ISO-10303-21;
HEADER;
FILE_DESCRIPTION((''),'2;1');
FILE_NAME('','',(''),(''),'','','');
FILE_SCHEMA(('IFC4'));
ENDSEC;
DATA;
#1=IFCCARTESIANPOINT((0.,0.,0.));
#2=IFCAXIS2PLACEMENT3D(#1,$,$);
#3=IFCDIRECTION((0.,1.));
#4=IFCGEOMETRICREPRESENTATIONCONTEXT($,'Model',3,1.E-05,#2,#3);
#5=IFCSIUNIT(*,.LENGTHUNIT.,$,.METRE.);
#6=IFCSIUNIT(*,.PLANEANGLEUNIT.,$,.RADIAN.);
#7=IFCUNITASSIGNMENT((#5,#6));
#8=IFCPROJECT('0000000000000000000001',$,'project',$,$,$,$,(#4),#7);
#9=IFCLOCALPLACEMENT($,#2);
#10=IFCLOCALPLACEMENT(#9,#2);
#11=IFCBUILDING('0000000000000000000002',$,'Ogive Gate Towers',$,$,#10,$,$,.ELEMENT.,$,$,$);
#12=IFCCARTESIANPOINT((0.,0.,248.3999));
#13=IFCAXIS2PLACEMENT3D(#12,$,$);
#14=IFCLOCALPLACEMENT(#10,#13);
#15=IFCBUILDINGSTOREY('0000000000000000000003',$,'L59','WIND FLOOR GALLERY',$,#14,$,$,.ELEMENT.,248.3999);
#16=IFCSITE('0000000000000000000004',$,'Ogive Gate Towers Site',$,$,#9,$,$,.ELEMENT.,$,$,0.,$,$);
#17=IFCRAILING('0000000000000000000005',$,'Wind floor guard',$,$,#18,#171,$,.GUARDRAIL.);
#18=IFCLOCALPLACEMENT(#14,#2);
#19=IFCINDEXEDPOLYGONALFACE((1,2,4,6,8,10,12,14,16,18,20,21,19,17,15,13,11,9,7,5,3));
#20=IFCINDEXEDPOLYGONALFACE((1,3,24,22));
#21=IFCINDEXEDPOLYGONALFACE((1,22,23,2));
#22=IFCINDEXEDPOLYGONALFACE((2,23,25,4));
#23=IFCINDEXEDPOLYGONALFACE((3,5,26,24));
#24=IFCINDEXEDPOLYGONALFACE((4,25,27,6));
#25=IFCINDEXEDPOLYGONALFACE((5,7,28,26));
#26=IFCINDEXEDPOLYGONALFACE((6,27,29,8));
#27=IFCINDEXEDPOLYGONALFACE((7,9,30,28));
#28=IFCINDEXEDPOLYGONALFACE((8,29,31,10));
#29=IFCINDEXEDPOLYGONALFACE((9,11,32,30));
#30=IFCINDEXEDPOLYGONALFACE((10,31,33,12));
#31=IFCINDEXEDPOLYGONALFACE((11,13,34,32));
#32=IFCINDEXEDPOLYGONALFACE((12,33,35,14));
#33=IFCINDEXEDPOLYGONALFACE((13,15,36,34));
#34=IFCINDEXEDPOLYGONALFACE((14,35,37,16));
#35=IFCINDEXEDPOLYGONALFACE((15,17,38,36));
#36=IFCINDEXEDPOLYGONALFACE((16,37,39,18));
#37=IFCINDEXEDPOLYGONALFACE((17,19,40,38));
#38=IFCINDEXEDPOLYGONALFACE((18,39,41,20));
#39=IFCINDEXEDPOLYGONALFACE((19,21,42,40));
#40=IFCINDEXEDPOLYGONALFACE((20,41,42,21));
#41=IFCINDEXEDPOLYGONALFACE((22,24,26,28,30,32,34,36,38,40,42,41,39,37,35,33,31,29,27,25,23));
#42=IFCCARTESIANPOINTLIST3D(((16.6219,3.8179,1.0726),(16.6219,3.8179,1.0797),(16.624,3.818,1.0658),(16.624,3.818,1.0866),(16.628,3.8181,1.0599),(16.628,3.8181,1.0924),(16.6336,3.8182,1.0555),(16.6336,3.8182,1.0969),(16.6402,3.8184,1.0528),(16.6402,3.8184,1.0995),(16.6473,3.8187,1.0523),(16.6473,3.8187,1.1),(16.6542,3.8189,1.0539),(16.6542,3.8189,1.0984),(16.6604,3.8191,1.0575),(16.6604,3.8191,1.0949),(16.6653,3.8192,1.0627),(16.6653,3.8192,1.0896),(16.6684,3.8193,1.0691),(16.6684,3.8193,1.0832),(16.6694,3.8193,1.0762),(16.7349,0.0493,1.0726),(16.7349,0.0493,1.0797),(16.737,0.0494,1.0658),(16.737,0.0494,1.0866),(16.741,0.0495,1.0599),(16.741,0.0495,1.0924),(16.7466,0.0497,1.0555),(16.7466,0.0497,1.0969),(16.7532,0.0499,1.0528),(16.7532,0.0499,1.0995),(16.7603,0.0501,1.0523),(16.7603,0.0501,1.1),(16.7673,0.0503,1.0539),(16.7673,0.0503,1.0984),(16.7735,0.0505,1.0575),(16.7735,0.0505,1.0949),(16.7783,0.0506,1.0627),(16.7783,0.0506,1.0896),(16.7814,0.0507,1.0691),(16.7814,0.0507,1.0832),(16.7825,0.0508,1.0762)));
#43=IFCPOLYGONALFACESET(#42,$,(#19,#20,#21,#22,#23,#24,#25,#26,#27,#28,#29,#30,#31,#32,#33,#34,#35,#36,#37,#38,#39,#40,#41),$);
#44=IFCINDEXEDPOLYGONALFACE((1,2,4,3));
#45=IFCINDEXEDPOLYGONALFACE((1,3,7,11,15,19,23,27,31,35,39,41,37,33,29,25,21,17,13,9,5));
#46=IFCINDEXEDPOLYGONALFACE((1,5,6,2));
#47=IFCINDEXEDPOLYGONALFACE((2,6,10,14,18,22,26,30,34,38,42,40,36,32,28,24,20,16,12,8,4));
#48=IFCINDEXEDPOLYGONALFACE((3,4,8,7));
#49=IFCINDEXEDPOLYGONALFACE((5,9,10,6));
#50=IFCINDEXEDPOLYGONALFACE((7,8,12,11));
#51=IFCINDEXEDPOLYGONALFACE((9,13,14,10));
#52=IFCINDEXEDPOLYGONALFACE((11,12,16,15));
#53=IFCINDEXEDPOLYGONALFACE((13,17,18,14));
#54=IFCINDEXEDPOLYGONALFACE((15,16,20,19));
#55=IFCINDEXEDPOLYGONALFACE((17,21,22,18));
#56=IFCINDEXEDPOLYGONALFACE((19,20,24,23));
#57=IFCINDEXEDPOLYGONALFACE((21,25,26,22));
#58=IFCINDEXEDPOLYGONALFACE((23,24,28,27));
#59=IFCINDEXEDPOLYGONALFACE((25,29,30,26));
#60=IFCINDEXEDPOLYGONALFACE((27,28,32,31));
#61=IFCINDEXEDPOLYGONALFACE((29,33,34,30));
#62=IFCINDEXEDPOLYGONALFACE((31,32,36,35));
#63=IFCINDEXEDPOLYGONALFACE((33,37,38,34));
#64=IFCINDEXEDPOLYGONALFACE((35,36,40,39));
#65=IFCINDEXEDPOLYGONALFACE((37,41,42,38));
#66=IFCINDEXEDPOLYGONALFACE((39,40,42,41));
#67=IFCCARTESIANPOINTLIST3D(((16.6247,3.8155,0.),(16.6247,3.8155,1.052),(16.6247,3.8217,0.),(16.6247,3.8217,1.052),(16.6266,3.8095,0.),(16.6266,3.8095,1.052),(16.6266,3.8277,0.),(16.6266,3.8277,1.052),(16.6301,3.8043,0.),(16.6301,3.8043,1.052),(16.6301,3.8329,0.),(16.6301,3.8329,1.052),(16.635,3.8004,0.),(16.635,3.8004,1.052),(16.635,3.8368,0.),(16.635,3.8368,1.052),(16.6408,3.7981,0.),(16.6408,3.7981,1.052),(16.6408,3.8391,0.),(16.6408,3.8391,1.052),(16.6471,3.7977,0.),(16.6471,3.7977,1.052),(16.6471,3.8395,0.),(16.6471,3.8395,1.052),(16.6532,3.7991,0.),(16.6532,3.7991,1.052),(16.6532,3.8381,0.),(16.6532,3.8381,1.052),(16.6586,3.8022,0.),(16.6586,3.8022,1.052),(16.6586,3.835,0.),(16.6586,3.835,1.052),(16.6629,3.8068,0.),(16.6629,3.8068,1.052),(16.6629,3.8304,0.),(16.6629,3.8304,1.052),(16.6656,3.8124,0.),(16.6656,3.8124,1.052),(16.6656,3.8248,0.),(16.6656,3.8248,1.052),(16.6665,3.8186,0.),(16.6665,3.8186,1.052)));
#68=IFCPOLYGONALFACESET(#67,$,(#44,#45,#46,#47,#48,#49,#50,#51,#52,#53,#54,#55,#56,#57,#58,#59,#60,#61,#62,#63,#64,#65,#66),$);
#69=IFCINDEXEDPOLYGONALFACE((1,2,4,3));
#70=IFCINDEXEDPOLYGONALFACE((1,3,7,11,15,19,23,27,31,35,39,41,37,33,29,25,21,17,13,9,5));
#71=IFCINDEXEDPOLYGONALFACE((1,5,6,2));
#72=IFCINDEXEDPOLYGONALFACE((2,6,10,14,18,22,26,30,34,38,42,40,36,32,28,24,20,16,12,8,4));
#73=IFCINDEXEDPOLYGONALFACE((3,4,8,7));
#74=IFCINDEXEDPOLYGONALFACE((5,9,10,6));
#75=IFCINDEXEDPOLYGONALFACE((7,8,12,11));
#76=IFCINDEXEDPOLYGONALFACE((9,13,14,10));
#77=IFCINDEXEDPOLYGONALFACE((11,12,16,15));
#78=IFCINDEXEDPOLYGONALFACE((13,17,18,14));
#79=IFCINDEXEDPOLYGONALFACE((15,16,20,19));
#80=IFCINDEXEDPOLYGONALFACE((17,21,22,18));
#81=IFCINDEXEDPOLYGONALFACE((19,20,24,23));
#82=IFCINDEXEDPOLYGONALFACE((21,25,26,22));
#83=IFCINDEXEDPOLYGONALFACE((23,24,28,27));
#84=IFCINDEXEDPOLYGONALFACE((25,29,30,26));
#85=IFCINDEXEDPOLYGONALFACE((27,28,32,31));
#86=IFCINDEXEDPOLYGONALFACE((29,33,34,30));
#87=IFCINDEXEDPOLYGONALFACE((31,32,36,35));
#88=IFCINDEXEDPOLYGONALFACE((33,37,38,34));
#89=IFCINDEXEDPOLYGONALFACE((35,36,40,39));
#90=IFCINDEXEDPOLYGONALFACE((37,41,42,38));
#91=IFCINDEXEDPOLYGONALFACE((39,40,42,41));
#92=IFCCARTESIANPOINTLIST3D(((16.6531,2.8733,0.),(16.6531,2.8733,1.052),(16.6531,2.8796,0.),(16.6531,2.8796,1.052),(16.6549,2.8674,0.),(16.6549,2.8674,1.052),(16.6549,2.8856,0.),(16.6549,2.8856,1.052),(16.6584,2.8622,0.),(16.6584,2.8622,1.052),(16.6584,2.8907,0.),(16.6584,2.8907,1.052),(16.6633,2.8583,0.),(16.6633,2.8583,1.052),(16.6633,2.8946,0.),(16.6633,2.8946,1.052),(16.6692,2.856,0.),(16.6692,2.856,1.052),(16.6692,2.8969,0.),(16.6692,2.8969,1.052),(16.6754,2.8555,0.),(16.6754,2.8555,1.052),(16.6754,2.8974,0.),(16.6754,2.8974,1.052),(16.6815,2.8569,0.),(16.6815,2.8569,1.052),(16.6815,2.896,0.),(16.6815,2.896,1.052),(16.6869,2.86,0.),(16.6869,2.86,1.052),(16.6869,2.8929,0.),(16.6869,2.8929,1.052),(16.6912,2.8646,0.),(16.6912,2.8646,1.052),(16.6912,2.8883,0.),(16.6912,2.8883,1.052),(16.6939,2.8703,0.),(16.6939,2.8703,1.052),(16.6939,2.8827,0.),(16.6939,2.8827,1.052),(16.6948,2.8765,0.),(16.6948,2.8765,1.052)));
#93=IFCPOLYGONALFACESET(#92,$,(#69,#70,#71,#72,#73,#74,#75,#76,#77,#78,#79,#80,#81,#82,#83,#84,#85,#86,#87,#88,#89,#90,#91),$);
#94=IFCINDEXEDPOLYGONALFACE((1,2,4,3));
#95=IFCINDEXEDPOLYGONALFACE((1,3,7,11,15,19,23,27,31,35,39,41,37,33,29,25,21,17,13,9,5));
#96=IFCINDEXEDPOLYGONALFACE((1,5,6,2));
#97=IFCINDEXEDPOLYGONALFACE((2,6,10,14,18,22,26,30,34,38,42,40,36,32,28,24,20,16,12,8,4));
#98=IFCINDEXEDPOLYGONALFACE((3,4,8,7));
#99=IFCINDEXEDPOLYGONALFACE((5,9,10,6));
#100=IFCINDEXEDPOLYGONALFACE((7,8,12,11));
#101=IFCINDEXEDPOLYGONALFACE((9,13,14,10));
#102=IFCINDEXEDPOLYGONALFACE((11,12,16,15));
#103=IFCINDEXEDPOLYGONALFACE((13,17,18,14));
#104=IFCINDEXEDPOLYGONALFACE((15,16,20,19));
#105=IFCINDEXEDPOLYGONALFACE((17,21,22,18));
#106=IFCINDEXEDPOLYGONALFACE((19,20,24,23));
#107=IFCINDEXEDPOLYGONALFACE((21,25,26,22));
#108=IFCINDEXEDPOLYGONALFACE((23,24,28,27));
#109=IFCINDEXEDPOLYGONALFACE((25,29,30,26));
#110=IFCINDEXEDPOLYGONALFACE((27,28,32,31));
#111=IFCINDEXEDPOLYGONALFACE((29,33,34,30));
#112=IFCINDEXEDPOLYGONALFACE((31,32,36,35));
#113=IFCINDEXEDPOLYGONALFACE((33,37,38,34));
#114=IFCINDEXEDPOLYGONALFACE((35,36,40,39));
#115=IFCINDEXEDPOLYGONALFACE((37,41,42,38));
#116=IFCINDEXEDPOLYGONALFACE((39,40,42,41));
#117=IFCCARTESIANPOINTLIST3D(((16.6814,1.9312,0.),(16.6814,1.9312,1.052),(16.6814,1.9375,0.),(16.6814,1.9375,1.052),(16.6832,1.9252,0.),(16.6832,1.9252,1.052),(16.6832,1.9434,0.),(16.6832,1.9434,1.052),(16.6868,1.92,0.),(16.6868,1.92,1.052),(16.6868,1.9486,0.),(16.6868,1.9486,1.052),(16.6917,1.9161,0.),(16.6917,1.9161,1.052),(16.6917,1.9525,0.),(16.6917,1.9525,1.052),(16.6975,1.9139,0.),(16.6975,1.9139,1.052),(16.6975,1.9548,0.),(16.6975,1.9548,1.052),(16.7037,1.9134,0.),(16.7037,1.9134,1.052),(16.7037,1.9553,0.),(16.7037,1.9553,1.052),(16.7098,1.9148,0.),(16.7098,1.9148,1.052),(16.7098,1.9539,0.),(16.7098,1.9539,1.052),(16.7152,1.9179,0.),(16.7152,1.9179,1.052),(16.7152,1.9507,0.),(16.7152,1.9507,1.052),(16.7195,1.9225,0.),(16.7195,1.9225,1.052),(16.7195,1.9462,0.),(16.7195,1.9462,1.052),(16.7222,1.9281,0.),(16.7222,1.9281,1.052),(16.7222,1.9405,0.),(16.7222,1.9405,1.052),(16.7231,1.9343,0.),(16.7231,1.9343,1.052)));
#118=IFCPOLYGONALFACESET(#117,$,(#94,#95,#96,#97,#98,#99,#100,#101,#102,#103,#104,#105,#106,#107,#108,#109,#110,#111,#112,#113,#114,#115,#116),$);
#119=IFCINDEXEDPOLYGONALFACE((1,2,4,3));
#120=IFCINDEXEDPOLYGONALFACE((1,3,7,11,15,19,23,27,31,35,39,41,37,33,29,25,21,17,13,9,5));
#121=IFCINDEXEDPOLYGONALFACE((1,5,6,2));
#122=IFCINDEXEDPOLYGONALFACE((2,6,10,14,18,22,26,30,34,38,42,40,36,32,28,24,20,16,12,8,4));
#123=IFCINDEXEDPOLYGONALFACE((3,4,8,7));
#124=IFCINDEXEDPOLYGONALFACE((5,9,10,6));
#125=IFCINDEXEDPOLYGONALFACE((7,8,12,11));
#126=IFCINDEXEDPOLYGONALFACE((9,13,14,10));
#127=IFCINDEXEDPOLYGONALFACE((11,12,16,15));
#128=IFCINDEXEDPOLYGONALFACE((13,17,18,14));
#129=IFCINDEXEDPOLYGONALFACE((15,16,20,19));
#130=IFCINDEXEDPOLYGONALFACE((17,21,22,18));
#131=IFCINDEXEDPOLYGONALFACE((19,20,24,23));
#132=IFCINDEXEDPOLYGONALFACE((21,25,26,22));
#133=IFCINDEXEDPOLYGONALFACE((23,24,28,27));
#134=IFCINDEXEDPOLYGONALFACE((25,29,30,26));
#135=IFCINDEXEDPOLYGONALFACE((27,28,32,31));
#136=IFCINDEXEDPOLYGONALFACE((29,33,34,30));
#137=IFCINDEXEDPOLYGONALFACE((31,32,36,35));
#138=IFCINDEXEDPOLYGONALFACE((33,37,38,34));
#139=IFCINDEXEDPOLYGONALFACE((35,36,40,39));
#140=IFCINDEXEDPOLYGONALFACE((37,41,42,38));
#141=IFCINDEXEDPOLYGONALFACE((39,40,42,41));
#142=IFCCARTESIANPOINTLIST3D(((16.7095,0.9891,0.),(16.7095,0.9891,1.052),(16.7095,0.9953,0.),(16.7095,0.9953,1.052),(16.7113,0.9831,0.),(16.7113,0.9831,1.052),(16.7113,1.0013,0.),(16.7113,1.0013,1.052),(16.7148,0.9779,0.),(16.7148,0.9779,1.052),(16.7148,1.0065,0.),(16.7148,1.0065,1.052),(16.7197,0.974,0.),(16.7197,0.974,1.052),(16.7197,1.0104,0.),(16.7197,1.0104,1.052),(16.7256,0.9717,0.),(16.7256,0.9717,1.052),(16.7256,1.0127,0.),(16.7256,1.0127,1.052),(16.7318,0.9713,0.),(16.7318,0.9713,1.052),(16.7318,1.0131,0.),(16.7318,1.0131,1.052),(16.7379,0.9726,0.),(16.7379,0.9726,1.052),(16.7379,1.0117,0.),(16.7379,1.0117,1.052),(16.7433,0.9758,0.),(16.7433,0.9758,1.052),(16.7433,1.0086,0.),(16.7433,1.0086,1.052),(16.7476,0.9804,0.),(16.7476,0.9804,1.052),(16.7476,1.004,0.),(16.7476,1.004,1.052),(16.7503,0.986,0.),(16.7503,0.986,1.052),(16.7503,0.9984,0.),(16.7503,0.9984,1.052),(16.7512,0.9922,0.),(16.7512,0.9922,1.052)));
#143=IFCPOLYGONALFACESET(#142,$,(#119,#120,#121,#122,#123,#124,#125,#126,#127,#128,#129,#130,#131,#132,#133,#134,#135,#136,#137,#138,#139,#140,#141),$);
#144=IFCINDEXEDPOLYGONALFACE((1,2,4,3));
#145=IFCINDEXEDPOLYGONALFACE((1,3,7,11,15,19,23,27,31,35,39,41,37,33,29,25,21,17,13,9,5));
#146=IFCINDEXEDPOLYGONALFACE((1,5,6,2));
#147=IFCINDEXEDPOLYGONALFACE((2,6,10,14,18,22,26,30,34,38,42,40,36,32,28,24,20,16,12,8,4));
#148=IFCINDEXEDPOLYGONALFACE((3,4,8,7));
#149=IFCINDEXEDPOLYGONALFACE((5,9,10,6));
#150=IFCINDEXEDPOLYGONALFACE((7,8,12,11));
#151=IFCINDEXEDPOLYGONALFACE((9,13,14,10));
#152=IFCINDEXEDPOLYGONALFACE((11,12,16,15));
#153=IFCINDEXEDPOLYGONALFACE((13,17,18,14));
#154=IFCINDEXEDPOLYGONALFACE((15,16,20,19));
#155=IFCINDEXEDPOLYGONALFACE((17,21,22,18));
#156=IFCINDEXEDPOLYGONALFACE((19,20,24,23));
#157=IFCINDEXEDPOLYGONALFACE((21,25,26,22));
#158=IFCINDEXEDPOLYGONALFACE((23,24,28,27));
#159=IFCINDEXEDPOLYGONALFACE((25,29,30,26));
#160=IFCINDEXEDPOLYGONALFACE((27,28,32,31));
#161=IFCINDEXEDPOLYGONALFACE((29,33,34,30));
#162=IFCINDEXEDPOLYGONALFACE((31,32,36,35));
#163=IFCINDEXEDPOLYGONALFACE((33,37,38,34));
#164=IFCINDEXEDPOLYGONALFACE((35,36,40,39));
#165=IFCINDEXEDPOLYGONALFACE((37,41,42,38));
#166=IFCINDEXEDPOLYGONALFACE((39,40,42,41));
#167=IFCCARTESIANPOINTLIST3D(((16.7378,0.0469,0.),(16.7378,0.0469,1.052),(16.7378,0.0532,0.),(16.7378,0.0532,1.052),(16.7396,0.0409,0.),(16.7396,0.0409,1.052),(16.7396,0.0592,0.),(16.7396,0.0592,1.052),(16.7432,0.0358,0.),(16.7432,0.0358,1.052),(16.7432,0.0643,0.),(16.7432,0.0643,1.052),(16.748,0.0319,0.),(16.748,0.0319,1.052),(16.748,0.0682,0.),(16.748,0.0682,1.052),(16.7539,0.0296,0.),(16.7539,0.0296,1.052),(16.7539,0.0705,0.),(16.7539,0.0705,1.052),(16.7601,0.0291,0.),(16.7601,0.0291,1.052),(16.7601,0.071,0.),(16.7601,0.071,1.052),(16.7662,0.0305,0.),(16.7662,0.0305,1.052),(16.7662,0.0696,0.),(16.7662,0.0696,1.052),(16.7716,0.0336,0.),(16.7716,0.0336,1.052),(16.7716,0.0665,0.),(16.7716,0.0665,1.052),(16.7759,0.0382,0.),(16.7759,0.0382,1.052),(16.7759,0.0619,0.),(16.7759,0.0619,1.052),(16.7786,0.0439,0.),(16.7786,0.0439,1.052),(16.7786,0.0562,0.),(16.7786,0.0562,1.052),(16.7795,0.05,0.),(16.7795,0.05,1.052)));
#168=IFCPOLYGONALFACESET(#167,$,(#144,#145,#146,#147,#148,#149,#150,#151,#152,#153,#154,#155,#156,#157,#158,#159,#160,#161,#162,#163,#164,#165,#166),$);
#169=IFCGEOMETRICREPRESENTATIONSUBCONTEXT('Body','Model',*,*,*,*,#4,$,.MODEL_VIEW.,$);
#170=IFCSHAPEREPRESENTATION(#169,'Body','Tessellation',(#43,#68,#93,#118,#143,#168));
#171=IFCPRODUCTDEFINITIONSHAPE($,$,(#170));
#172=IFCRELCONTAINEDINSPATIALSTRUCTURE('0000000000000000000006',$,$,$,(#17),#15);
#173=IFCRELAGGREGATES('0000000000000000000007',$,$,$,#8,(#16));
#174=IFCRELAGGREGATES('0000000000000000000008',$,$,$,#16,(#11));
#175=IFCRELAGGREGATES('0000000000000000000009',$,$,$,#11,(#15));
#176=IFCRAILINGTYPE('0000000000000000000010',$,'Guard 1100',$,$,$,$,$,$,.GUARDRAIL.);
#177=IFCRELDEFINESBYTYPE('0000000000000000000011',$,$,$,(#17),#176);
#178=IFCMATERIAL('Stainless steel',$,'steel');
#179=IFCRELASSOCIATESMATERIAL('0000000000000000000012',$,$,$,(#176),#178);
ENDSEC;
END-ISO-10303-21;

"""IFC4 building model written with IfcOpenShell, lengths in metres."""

from ifc_helpers import new_model, si_unit, direction, frame, origin, origin_2d, place, context, subcontext, project, spatial, circle, extrude, material, type_object, element, save


model = new_model("IFC4")

# Units and contexts
model_context = context("Model", 3, precision=1e-05, world=origin(), true_north=direction((0.0, 1.0)))
body_context = subcontext(model_context, "Body", "Model", "MODEL_VIEW")
ifc_project = project(units=[si_unit("LENGTHUNIT", "METRE"), si_unit("PLANEANGLEUNIT", "RADIAN")], contexts=[model_context])

# Site, building, storey
site_placement = place(None, origin())
site = spatial("IfcSite", under=ifc_project, at=site_placement, Name="Ogive Gate Towers Site", CompositionType="ELEMENT", RefElevation=0.0)
building_placement = place(site_placement, origin())
building = spatial("IfcBuilding", under=site, at=building_placement, Name="Ogive Gate Towers", CompositionType="ELEMENT")
storey_placement = place(building_placement, frame((0.0, 0.0, 248.3999)))
storey = spatial("IfcBuildingStorey", under=building, at=storey_placement, Name="L59", Description="WIND FLOOR GALLERY", CompositionType="ELEMENT", Elevation=248.3999)

# Railing
ifc_material_1 = material(Name="Stainless steel", Category="steel")
railing_type_1 = type_object("IfcRailingType", Name="Guard 1100", PredefinedType="GUARDRAIL", material=ifc_material_1)
railing_1_placement = place(storey_placement, frame((16.6455, 3.8186, 0.0)))
element("IfcRailing", 1, at=railing_1_placement, inside=storey, type_object=railing_type_1, Name="Wind floor guard", PredefinedType="GUARDRAIL", context=body_context, shape_type="SweptSolid", body=[
    extrude(circle(Radius=0.0239, at=origin_2d()), frame((0.0, 0.0, 1.0762), z_axis=(0.029981, -0.99955, 0.0), x_axis=(0.99955, 0.029981, 0.0)), (0.0, 0.0, 1.0), 3.7703),
    extrude(circle(Radius=0.021, at=origin_2d()), origin(), (0.0, 0.0, 1.0), 1.052),
    extrude(circle(Radius=0.021, at=origin_2d()), frame((0.0283, -0.9421, 0.0)), (0.0, 0.0, 1.0), 1.052),
    extrude(circle(Radius=0.021, at=origin_2d()), frame((0.0566, -1.8843, 0.0)), (0.0, 0.0, 1.0), 1.052),
    extrude(circle(Radius=0.021, at=origin_2d()), frame((0.0847, -2.8264, 0.0)), (0.0, 0.0, 1.0), 1.052),
    extrude(circle(Radius=0.021, at=origin_2d()), frame((0.113, -3.7686, 0.0)), (0.0, 0.0, 1.0), 1.052),
])

save(model, "model.ifc")
